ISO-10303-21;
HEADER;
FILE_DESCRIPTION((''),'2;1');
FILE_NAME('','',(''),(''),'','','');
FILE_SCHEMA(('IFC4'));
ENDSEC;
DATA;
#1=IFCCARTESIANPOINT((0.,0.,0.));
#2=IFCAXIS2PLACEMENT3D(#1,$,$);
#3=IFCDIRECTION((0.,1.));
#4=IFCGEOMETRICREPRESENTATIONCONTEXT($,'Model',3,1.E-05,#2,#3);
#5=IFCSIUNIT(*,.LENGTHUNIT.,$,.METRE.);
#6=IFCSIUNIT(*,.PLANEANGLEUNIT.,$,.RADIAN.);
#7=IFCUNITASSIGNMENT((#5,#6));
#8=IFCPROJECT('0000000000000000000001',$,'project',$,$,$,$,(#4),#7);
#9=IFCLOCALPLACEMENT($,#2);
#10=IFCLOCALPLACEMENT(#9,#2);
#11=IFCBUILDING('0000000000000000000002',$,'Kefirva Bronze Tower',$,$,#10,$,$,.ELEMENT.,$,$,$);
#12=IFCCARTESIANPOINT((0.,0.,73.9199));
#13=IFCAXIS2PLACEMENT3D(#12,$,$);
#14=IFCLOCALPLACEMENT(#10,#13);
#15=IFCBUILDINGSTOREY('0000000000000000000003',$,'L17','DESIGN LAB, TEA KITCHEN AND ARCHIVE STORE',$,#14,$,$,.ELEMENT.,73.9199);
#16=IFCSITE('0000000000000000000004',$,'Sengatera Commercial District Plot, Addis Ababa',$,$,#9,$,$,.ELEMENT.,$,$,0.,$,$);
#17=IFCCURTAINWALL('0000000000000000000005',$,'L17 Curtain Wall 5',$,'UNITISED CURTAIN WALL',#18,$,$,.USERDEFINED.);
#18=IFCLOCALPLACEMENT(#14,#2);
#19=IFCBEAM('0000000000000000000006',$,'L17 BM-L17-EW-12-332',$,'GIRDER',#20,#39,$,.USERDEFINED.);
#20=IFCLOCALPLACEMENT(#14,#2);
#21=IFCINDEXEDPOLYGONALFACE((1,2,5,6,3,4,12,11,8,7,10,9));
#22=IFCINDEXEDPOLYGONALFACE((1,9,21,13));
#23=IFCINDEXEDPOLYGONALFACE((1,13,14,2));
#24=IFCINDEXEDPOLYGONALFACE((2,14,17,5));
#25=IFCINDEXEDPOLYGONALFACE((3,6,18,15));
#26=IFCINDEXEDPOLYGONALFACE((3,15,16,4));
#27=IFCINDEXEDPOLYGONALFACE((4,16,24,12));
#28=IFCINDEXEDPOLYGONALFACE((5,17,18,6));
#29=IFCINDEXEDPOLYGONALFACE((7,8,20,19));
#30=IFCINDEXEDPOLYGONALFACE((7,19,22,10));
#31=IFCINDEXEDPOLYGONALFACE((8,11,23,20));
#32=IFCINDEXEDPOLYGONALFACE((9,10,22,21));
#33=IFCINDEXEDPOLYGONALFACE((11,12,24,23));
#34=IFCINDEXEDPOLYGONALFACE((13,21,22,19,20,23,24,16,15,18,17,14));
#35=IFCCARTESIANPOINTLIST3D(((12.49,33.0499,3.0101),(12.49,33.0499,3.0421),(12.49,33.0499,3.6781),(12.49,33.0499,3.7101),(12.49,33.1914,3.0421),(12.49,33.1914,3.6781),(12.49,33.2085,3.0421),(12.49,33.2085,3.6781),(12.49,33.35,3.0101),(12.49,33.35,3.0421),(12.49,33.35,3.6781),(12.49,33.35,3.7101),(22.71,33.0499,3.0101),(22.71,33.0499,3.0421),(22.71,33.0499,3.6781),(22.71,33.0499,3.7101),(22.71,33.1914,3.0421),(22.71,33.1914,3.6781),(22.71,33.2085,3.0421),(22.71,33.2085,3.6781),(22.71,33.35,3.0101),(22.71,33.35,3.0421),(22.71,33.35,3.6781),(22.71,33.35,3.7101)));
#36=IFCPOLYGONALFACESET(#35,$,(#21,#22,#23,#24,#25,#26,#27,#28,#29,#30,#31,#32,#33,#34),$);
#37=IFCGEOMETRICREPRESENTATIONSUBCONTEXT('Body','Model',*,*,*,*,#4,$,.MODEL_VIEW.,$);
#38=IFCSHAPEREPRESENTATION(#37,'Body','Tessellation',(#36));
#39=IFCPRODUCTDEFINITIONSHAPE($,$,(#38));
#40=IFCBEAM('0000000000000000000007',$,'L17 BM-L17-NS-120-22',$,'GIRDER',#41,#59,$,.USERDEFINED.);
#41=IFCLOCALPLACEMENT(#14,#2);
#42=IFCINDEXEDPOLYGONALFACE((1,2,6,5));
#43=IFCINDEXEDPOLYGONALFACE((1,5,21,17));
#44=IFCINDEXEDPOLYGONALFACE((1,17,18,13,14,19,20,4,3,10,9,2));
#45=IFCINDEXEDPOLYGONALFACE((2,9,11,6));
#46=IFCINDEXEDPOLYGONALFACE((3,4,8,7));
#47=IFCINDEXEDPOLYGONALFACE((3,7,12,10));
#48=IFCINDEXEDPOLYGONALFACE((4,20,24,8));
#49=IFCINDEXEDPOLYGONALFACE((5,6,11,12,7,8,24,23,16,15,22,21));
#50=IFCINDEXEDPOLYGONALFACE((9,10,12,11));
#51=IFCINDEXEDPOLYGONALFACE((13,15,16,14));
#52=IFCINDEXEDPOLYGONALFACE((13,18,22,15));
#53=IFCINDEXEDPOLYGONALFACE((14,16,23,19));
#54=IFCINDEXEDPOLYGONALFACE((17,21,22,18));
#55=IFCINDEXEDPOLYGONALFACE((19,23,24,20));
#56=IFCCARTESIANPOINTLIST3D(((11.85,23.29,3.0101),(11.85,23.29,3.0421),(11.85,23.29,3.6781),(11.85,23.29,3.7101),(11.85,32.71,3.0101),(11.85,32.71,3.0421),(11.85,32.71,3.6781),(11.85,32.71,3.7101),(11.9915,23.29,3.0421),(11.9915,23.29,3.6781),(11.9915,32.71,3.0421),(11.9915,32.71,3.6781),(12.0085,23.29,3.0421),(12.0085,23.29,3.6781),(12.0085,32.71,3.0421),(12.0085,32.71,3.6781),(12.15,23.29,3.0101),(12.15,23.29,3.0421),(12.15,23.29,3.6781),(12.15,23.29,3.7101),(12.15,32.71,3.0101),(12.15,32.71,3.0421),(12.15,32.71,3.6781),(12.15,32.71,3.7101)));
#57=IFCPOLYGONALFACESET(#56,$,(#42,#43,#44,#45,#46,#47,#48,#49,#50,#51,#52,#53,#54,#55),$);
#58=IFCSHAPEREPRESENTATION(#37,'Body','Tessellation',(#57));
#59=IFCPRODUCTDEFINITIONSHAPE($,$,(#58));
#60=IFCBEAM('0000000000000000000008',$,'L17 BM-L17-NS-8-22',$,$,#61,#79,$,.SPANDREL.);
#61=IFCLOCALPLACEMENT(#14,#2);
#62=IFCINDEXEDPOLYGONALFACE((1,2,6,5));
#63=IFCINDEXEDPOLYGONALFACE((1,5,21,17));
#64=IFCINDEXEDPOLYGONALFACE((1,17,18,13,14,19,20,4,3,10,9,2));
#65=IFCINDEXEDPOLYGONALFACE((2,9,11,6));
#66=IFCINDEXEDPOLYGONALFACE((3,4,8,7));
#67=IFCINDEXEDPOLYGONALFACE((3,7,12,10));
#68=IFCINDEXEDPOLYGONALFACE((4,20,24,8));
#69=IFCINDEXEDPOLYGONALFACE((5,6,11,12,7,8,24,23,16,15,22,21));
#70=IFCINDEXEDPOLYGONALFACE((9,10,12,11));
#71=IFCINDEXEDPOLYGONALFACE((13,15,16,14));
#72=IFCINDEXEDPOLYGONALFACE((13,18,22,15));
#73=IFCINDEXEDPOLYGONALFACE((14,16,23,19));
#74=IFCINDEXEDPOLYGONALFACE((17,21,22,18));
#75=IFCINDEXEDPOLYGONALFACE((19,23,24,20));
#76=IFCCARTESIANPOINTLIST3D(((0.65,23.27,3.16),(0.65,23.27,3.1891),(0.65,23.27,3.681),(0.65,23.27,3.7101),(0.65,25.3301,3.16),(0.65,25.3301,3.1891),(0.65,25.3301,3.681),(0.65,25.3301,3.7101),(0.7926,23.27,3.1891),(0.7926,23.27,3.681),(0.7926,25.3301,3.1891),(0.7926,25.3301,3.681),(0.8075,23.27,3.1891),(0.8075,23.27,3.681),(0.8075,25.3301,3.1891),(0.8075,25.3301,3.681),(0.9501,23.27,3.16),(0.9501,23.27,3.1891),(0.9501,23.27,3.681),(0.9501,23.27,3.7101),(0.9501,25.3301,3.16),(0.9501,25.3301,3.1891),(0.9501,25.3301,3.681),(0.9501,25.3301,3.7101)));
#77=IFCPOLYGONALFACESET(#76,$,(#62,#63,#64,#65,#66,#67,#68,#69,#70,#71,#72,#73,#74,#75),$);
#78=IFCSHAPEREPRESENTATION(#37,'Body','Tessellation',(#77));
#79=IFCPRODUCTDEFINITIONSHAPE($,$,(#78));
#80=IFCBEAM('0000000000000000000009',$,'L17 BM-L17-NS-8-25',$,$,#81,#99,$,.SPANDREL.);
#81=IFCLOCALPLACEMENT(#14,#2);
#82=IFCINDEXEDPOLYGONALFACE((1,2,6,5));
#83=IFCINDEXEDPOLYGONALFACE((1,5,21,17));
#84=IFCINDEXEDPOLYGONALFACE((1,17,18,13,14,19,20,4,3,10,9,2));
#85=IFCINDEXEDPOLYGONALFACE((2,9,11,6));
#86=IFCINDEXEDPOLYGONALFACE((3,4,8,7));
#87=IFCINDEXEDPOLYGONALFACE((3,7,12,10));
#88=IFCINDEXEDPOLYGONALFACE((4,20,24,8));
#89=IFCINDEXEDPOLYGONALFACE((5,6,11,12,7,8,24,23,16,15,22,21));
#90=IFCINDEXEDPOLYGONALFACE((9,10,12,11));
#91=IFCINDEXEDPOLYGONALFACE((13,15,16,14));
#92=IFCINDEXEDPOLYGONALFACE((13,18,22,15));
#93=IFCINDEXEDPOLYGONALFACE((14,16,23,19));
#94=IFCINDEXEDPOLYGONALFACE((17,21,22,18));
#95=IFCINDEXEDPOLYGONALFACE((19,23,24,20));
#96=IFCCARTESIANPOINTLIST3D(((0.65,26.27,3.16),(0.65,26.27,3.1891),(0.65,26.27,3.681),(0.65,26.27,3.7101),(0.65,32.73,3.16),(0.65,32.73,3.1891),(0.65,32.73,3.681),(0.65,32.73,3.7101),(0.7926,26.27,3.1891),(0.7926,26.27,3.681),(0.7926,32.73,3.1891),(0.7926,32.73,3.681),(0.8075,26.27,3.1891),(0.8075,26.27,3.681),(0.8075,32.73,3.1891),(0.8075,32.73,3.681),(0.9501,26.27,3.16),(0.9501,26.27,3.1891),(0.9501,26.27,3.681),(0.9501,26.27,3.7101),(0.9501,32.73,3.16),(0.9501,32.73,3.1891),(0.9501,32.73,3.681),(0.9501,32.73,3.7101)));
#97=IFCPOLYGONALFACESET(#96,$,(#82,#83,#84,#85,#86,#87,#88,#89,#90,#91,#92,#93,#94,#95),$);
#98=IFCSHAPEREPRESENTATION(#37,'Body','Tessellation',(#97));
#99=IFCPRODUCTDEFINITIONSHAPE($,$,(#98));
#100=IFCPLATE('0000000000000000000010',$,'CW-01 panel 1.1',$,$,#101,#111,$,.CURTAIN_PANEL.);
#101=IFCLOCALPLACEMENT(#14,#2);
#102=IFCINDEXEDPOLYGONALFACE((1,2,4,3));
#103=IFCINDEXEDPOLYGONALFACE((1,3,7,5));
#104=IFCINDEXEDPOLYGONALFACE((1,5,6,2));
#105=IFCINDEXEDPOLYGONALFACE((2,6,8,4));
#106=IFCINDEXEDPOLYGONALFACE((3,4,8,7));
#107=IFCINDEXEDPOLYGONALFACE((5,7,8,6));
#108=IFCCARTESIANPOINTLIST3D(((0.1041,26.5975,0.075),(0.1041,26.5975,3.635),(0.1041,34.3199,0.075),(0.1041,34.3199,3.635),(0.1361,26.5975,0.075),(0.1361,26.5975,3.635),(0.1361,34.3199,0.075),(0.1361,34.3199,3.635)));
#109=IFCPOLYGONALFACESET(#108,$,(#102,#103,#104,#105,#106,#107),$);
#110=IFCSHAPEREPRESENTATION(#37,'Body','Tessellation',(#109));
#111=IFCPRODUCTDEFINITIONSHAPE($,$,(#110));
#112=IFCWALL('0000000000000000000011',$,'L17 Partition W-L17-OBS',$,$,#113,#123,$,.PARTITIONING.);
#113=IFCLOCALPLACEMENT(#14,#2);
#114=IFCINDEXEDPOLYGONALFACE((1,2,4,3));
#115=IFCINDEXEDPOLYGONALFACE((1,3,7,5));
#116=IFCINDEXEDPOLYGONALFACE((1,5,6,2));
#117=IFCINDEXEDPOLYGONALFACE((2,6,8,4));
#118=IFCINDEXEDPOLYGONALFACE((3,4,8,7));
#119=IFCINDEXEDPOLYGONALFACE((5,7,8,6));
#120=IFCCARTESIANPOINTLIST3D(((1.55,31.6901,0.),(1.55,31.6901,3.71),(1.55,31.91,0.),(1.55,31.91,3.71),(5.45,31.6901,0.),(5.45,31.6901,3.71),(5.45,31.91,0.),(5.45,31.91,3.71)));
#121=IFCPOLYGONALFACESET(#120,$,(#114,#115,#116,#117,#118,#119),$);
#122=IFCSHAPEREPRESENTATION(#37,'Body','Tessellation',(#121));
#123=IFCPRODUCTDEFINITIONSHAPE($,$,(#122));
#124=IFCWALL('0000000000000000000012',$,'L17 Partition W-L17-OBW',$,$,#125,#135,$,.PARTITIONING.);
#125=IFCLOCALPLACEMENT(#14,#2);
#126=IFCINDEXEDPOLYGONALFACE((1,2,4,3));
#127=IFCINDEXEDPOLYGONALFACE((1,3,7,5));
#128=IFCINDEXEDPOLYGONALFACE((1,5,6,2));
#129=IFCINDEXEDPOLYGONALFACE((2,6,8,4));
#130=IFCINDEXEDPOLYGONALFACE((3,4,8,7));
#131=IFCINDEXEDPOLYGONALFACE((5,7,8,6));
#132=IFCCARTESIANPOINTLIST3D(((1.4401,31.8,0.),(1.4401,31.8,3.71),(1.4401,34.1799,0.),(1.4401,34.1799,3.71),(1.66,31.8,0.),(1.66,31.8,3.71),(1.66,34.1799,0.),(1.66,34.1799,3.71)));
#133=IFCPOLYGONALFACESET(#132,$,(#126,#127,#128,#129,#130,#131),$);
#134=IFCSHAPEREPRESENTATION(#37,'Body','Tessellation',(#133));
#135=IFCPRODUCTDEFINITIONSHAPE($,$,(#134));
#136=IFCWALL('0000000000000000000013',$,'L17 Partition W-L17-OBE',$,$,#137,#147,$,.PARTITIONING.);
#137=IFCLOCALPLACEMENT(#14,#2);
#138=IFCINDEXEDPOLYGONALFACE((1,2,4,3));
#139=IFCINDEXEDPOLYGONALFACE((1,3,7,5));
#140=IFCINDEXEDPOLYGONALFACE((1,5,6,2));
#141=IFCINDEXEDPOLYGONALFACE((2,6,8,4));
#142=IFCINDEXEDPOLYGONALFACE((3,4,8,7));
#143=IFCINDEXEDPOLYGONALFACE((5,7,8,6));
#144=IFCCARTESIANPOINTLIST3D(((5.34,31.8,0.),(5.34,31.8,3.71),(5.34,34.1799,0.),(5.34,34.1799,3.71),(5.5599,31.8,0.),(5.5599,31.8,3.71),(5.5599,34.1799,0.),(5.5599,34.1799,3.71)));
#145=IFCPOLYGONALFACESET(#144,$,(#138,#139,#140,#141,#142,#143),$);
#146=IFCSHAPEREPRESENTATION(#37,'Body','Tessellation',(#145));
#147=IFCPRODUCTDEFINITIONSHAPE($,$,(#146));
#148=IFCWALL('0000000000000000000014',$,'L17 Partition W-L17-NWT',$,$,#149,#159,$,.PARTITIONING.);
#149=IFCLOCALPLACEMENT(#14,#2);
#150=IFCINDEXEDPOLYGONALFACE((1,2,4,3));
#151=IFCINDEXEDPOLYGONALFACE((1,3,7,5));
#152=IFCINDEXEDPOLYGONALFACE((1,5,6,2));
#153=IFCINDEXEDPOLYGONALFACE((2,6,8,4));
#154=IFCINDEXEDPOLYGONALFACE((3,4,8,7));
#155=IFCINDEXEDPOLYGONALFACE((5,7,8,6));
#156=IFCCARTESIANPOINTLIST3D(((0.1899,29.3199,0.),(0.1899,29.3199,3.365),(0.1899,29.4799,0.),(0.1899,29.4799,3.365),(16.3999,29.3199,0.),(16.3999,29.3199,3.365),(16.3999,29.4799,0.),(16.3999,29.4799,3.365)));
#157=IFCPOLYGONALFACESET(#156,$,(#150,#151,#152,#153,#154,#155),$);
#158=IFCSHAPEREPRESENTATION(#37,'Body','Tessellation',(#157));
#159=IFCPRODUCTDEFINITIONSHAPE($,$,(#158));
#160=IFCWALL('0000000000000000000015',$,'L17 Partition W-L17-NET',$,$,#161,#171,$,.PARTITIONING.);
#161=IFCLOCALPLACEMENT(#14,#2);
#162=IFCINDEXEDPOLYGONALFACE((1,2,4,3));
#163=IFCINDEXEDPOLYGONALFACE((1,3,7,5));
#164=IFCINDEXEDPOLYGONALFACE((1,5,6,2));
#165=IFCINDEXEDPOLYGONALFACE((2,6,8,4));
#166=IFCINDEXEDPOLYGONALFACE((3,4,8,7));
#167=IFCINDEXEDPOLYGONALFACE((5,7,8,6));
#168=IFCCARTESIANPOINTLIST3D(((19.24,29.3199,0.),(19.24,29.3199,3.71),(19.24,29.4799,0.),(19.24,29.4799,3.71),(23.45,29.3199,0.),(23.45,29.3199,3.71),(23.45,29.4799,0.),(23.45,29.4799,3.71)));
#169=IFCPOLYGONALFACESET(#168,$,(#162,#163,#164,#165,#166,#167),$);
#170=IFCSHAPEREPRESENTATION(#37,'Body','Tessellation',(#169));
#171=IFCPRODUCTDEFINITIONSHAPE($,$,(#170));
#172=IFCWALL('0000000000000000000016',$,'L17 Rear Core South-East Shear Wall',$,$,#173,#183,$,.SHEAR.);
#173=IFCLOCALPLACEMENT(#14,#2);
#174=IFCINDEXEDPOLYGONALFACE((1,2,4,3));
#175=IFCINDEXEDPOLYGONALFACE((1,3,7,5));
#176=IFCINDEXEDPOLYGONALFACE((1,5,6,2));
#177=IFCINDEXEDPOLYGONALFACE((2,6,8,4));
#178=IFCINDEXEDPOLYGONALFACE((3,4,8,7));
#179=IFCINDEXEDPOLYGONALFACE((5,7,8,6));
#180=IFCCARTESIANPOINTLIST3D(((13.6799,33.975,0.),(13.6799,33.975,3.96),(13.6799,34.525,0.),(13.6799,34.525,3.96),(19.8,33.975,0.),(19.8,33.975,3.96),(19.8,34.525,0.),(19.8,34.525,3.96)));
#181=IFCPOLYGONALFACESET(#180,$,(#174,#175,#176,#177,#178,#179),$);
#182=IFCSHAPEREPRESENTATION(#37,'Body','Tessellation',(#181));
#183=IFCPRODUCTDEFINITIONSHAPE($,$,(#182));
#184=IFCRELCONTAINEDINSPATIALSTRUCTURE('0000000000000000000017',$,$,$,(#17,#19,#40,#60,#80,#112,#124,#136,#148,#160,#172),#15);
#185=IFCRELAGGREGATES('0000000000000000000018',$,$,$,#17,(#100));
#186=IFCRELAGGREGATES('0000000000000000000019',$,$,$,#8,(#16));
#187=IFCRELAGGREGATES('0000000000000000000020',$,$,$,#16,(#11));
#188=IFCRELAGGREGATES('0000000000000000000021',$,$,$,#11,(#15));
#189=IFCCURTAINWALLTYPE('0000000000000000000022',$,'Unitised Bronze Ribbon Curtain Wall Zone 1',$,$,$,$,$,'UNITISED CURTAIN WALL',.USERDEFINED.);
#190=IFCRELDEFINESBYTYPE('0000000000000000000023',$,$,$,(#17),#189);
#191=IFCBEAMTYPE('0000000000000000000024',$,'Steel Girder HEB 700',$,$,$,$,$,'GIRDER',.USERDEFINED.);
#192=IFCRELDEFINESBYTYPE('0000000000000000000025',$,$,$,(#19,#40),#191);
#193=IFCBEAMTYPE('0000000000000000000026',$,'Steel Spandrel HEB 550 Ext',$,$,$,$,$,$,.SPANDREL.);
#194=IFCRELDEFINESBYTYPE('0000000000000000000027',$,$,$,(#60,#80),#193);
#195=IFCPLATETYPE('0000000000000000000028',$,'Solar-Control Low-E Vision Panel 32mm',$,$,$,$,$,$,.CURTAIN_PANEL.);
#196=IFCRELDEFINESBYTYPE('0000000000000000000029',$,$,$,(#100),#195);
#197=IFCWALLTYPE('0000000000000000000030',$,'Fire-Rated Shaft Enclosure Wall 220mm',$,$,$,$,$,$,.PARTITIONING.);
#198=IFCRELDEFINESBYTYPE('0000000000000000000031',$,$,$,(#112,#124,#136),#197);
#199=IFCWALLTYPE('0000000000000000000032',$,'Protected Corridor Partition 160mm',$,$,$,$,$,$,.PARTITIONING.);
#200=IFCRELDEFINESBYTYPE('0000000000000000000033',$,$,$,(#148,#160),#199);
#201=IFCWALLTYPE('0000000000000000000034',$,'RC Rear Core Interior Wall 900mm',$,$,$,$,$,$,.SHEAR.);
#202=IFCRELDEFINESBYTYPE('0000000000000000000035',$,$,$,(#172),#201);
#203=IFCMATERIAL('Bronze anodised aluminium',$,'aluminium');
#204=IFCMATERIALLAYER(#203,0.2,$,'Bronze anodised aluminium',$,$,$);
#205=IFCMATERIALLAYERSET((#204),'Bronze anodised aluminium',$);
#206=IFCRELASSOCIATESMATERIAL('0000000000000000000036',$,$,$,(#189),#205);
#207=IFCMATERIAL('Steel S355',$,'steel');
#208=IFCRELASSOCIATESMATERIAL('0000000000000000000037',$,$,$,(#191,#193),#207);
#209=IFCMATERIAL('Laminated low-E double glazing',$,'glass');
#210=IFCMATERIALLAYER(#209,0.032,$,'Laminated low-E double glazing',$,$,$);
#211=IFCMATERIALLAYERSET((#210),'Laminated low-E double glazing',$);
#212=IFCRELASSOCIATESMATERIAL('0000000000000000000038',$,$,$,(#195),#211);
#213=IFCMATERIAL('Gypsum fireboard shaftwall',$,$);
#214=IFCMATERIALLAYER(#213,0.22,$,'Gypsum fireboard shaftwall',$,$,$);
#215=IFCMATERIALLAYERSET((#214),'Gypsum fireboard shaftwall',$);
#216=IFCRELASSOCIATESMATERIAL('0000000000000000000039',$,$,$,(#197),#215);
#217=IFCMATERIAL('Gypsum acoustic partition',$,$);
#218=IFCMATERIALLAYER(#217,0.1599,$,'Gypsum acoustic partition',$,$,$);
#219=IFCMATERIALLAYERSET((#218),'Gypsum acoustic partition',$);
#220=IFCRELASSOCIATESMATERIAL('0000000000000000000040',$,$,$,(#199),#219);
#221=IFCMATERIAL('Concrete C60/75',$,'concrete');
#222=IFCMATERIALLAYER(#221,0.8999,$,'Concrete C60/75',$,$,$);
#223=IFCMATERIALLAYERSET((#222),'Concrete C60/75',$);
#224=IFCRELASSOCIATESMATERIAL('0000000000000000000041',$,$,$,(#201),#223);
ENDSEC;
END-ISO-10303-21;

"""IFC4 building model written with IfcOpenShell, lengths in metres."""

from ifc_helpers import new_model, si_unit, direction, frame, frame_2d, origin, origin_2d, place, context, subcontext, project, spatial, rectangle, i_section, extrude, material, layer, layer_set, material_profile, profile_set, type_object, element, aggregate, save


model = new_model("IFC4")

# Units and contexts
model_context = context("Model", 3, precision=1e-05, world=origin(), true_north=direction((0.0, 1.0)))
body_context = subcontext(model_context, "Body", "Model", "MODEL_VIEW")
ifc_project = project(units=[si_unit("LENGTHUNIT", "METRE"), si_unit("PLANEANGLEUNIT", "RADIAN")], contexts=[model_context])

# Site, building, storey
site_placement = place(None, origin())
site = spatial("IfcSite", under=ifc_project, at=site_placement, Name="Sengatera Commercial District Plot, Addis Ababa", CompositionType="ELEMENT", RefElevation=0.0)
building_placement = place(site_placement, origin())
building = spatial("IfcBuilding", under=site, at=building_placement, Name="Kefirva Bronze Tower", CompositionType="ELEMENT")
storey_placement = place(building_placement, frame((0.0, 0.0, 73.9199)))
storey = spatial("IfcBuildingStorey", under=building, at=storey_placement, Name="L17", Description="DESIGN LAB, TEA KITCHEN AND ARCHIVE STORE", CompositionType="ELEMENT", Elevation=73.9199)

# Shared definitions
ifc_material_1 = material(Name="Concrete C60/75", Category="concrete")

# Curtain wall
ifc_material_2 = material(Name="Bronze anodised aluminium", Category="aluminium")
ifc_layer_1 = layer(ifc_material_2, 0.2, Name="Bronze anodised aluminium")
ifc_layer_set_1 = layer_set([ifc_layer_1], Name="Bronze anodised aluminium")
curtain_wall_type = type_object("IfcCurtainWallType", Name="Unitised Bronze Ribbon Curtain Wall Zone 1", ElementType="UNITISED CURTAIN WALL", PredefinedType="USERDEFINED", material=ifc_layer_set_1)
curtain_wall_placement = place(storey_placement, origin())
curtain_wall = element("IfcCurtainWall", 1, at=curtain_wall_placement, inside=storey, type_object=curtain_wall_type, Name="L17 Curtain Wall 5", ObjectType="UNITISED CURTAIN WALL", PredefinedType="USERDEFINED")

# Beams
ifc_material_3 = material(Name="Steel S355", Category="steel")
ifc_material_profile_1 = material_profile(ifc_material_3, i_section(OverallWidth=0.3, OverallDepth=0.7, WebThickness=0.0171, FlangeThickness=0.032, at=origin_2d()), Name="HEB 700")
ifc_profile_set_1 = profile_set([ifc_material_profile_1], Name="Steel S355")
beam_type_1 = type_object("IfcBeamType", Name="Steel Girder HEB 700", ElementType="GIRDER", PredefinedType="USERDEFINED", material=ifc_profile_set_1)
beam_1_placement = place(storey_placement, frame((12.49, 33.2, 3.3601), z_axis=(1.0, 0.0, 0.0), x_axis=(0.0, 1.0, 0.0)))
element("IfcBeam", 2, at=beam_1_placement, inside=storey, type_object=beam_type_1, Name="L17 BM-L17-EW-12-332", ObjectType="GIRDER", PredefinedType="USERDEFINED", context=body_context, shape_type="SweptSolid", body=[
    extrude(i_section(OverallWidth=0.3, OverallDepth=0.7, WebThickness=0.0171, FlangeThickness=0.032, at=origin_2d()), origin(), (0.0, 0.0, 1.0), 10.22),
])
beam_2_placement = place(storey_placement, frame((12.0, 23.29, 3.3601), z_axis=(0.0, 1.0, 0.0), x_axis=(-1.0, 0.0, 0.0)))
element("IfcBeam", 3, at=beam_2_placement, inside=storey, type_object=beam_type_1, Name="L17 BM-L17-NS-120-22", ObjectType="GIRDER", PredefinedType="USERDEFINED", context=body_context, shape_type="SweptSolid", body=[
    extrude(i_section(OverallWidth=0.3, OverallDepth=0.7, WebThickness=0.0171, FlangeThickness=0.032, at=origin_2d()), origin(), (0.0, 0.0, 1.0), 9.4199),
])
ifc_material_profile_2 = material_profile(ifc_material_3, i_section(OverallWidth=0.3, OverallDepth=0.55, WebThickness=0.0149, FlangeThickness=0.0291, at=origin_2d()), Name="HEB 550")
ifc_profile_set_2 = profile_set([ifc_material_profile_2], Name="Steel S355")
beam_type_2 = type_object("IfcBeamType", Name="Steel Spandrel HEB 550 Ext", PredefinedType="SPANDREL", material=ifc_profile_set_2)
beam_3_placement = place(storey_placement, frame((0.8, 23.27, 3.4351), z_axis=(0.0, 1.0, 0.0), x_axis=(-1.0, 0.0, 0.0)))
element("IfcBeam", 4, at=beam_3_placement, inside=storey, type_object=beam_type_2, Name="L17 BM-L17-NS-8-22", PredefinedType="SPANDREL", context=body_context, shape_type="SweptSolid", body=[
    extrude(i_section(OverallWidth=0.3, OverallDepth=0.55, WebThickness=0.0149, FlangeThickness=0.0291, at=origin_2d()), origin(), (0.0, 0.0, 1.0), 2.0601),
])
beam_4_placement = place(storey_placement, frame((0.8, 26.27, 3.4351), z_axis=(0.0, 1.0, 0.0), x_axis=(-1.0, 0.0, 0.0)))
element("IfcBeam", 5, at=beam_4_placement, inside=storey, type_object=beam_type_2, Name="L17 BM-L17-NS-8-25", PredefinedType="SPANDREL", context=body_context, shape_type="SweptSolid", body=[
    extrude(i_section(OverallWidth=0.3, OverallDepth=0.55, WebThickness=0.0149, FlangeThickness=0.0291, at=origin_2d()), origin(), (0.0, 0.0, 1.0), 6.46),
])

# Plate
ifc_material_4 = material(Name="Laminated low-E double glazing", Category="glass")
ifc_layer_2 = layer(ifc_material_4, 0.032, Name="Laminated low-E double glazing")
ifc_layer_set_2 = layer_set([ifc_layer_2], Name="Laminated low-E double glazing")
plate_type = type_object("IfcPlateType", Name="Solar-Control Low-E Vision Panel 32mm", PredefinedType="CURTAIN_PANEL", material=ifc_layer_set_2)
plate_placement = place(storey_placement, frame((0.1201, 30.4587, 0.075), z_axis=(0.0, 0.0, 1.0), x_axis=(0.0, -1.0, 0.0)))
plate = element("IfcPlate", 6, at=plate_placement, type_object=plate_type, Name="CW-01 panel 1.1", PredefinedType="CURTAIN_PANEL", context=body_context, shape_type="SweptSolid", body=[
    extrude(rectangle(XDim=7.7224, YDim=0.032, at=origin_2d()), origin(), (0.0, 0.0, 1.0), 3.5601),
])
aggregate(curtain_wall, [plate])

# Walls
ifc_material_5 = material(Name="Gypsum fireboard shaftwall")
ifc_layer_3 = layer(ifc_material_5, 0.22, Name="Gypsum fireboard shaftwall")
ifc_layer_set_3 = layer_set([ifc_layer_3], Name="Gypsum fireboard shaftwall")
wall_type_1 = type_object("IfcWallType", Name="Fire-Rated Shaft Enclosure Wall 220mm", PredefinedType="PARTITIONING", material=ifc_layer_set_3)
wall_1_placement = place(storey_placement, frame((1.55, 31.8, 0.0), z_axis=(0.0, 0.0, 1.0), x_axis=(1.0, 0.0, 0.0)))
element("IfcWall", 7, at=wall_1_placement, inside=storey, type_object=wall_type_1, Name="L17 Partition W-L17-OBS", PredefinedType="PARTITIONING", context=body_context, shape_type="SweptSolid", body=[
    extrude(rectangle(XDim=3.8999, YDim=0.22, at=frame_2d((1.95, 0.0))), origin(), (0.0, 0.0, 1.0), 3.71),
])
for number, where, z_axis, x_axis, name in (
    (8, (1.55, 31.8, 0.0), (0.0, 0.0, 1.0), (0.0, 1.0, 0.0), "L17 Partition W-L17-OBW"),
    (9, (5.45, 31.8, 0.0), (0.0, 0.0, 1.0), (0.0, 1.0, 0.0), "L17 Partition W-L17-OBE"),
):
    element("IfcWall", number, at=place(storey_placement, frame(where, z_axis=z_axis, x_axis=x_axis)), inside=storey, type_object=wall_type_1, Name=name, PredefinedType="PARTITIONING", context=body_context, shape_type="SweptSolid", body=[
        extrude(rectangle(XDim=2.3799, YDim=0.22, at=frame_2d((1.1899, 0.0))), origin(), (0.0, 0.0, 1.0), 3.71),
    ])
ifc_material_6 = material(Name="Gypsum acoustic partition")
ifc_layer_4 = layer(ifc_material_6, 0.1599, Name="Gypsum acoustic partition")
ifc_layer_set_4 = layer_set([ifc_layer_4], Name="Gypsum acoustic partition")
wall_type_2 = type_object("IfcWallType", Name="Protected Corridor Partition 160mm", PredefinedType="PARTITIONING", material=ifc_layer_set_4)
wall_2_placement = place(storey_placement, frame((0.1899, 29.3999, 0.0), z_axis=(0.0, 0.0, 1.0), x_axis=(1.0, 0.0, 0.0)))
element("IfcWall", 10, at=wall_2_placement, inside=storey, type_object=wall_type_2, Name="L17 Partition W-L17-NWT", PredefinedType="PARTITIONING", context=body_context, shape_type="SweptSolid", body=[
    extrude(rectangle(XDim=16.21, YDim=0.1599, at=frame_2d((8.105, 0.0))), origin(), (0.0, 0.0, 1.0), 3.365),
])
wall_3_placement = place(storey_placement, frame((19.24, 29.3999, 0.0), z_axis=(0.0, 0.0, 1.0), x_axis=(1.0, 0.0, 0.0)))
element("IfcWall", 11, at=wall_3_placement, inside=storey, type_object=wall_type_2, Name="L17 Partition W-L17-NET", PredefinedType="PARTITIONING", context=body_context, shape_type="SweptSolid", body=[
    extrude(rectangle(XDim=4.21, YDim=0.1599, at=frame_2d((2.105, 0.0))), origin(), (0.0, 0.0, 1.0), 3.71),
])

# Shared definitions
ifc_layer_5 = layer(ifc_material_1, 0.8999, Name="Concrete C60/75")
ifc_layer_set_5 = layer_set([ifc_layer_5], Name="Concrete C60/75")
wall_type_3 = type_object("IfcWallType", Name="RC Rear Core Interior Wall 900mm", PredefinedType="SHEAR", material=ifc_layer_set_5)

# Wall
wall_4_placement = place(storey_placement, frame((13.6799, 34.25, 0.0), z_axis=(0.0, 0.0, 1.0), x_axis=(1.0, 0.0, 0.0)))
element("IfcWall", 12, at=wall_4_placement, inside=storey, type_object=wall_type_3, Name="L17 Rear Core South-East Shear Wall", PredefinedType="SHEAR", context=body_context, shape_type="SweptSolid", body=[
    extrude(rectangle(XDim=6.1201, YDim=0.55, at=frame_2d((3.0601, 0.0))), origin(), (0.0, 0.0, 1.0), 3.96),
])

save(model, "model.ifc")
